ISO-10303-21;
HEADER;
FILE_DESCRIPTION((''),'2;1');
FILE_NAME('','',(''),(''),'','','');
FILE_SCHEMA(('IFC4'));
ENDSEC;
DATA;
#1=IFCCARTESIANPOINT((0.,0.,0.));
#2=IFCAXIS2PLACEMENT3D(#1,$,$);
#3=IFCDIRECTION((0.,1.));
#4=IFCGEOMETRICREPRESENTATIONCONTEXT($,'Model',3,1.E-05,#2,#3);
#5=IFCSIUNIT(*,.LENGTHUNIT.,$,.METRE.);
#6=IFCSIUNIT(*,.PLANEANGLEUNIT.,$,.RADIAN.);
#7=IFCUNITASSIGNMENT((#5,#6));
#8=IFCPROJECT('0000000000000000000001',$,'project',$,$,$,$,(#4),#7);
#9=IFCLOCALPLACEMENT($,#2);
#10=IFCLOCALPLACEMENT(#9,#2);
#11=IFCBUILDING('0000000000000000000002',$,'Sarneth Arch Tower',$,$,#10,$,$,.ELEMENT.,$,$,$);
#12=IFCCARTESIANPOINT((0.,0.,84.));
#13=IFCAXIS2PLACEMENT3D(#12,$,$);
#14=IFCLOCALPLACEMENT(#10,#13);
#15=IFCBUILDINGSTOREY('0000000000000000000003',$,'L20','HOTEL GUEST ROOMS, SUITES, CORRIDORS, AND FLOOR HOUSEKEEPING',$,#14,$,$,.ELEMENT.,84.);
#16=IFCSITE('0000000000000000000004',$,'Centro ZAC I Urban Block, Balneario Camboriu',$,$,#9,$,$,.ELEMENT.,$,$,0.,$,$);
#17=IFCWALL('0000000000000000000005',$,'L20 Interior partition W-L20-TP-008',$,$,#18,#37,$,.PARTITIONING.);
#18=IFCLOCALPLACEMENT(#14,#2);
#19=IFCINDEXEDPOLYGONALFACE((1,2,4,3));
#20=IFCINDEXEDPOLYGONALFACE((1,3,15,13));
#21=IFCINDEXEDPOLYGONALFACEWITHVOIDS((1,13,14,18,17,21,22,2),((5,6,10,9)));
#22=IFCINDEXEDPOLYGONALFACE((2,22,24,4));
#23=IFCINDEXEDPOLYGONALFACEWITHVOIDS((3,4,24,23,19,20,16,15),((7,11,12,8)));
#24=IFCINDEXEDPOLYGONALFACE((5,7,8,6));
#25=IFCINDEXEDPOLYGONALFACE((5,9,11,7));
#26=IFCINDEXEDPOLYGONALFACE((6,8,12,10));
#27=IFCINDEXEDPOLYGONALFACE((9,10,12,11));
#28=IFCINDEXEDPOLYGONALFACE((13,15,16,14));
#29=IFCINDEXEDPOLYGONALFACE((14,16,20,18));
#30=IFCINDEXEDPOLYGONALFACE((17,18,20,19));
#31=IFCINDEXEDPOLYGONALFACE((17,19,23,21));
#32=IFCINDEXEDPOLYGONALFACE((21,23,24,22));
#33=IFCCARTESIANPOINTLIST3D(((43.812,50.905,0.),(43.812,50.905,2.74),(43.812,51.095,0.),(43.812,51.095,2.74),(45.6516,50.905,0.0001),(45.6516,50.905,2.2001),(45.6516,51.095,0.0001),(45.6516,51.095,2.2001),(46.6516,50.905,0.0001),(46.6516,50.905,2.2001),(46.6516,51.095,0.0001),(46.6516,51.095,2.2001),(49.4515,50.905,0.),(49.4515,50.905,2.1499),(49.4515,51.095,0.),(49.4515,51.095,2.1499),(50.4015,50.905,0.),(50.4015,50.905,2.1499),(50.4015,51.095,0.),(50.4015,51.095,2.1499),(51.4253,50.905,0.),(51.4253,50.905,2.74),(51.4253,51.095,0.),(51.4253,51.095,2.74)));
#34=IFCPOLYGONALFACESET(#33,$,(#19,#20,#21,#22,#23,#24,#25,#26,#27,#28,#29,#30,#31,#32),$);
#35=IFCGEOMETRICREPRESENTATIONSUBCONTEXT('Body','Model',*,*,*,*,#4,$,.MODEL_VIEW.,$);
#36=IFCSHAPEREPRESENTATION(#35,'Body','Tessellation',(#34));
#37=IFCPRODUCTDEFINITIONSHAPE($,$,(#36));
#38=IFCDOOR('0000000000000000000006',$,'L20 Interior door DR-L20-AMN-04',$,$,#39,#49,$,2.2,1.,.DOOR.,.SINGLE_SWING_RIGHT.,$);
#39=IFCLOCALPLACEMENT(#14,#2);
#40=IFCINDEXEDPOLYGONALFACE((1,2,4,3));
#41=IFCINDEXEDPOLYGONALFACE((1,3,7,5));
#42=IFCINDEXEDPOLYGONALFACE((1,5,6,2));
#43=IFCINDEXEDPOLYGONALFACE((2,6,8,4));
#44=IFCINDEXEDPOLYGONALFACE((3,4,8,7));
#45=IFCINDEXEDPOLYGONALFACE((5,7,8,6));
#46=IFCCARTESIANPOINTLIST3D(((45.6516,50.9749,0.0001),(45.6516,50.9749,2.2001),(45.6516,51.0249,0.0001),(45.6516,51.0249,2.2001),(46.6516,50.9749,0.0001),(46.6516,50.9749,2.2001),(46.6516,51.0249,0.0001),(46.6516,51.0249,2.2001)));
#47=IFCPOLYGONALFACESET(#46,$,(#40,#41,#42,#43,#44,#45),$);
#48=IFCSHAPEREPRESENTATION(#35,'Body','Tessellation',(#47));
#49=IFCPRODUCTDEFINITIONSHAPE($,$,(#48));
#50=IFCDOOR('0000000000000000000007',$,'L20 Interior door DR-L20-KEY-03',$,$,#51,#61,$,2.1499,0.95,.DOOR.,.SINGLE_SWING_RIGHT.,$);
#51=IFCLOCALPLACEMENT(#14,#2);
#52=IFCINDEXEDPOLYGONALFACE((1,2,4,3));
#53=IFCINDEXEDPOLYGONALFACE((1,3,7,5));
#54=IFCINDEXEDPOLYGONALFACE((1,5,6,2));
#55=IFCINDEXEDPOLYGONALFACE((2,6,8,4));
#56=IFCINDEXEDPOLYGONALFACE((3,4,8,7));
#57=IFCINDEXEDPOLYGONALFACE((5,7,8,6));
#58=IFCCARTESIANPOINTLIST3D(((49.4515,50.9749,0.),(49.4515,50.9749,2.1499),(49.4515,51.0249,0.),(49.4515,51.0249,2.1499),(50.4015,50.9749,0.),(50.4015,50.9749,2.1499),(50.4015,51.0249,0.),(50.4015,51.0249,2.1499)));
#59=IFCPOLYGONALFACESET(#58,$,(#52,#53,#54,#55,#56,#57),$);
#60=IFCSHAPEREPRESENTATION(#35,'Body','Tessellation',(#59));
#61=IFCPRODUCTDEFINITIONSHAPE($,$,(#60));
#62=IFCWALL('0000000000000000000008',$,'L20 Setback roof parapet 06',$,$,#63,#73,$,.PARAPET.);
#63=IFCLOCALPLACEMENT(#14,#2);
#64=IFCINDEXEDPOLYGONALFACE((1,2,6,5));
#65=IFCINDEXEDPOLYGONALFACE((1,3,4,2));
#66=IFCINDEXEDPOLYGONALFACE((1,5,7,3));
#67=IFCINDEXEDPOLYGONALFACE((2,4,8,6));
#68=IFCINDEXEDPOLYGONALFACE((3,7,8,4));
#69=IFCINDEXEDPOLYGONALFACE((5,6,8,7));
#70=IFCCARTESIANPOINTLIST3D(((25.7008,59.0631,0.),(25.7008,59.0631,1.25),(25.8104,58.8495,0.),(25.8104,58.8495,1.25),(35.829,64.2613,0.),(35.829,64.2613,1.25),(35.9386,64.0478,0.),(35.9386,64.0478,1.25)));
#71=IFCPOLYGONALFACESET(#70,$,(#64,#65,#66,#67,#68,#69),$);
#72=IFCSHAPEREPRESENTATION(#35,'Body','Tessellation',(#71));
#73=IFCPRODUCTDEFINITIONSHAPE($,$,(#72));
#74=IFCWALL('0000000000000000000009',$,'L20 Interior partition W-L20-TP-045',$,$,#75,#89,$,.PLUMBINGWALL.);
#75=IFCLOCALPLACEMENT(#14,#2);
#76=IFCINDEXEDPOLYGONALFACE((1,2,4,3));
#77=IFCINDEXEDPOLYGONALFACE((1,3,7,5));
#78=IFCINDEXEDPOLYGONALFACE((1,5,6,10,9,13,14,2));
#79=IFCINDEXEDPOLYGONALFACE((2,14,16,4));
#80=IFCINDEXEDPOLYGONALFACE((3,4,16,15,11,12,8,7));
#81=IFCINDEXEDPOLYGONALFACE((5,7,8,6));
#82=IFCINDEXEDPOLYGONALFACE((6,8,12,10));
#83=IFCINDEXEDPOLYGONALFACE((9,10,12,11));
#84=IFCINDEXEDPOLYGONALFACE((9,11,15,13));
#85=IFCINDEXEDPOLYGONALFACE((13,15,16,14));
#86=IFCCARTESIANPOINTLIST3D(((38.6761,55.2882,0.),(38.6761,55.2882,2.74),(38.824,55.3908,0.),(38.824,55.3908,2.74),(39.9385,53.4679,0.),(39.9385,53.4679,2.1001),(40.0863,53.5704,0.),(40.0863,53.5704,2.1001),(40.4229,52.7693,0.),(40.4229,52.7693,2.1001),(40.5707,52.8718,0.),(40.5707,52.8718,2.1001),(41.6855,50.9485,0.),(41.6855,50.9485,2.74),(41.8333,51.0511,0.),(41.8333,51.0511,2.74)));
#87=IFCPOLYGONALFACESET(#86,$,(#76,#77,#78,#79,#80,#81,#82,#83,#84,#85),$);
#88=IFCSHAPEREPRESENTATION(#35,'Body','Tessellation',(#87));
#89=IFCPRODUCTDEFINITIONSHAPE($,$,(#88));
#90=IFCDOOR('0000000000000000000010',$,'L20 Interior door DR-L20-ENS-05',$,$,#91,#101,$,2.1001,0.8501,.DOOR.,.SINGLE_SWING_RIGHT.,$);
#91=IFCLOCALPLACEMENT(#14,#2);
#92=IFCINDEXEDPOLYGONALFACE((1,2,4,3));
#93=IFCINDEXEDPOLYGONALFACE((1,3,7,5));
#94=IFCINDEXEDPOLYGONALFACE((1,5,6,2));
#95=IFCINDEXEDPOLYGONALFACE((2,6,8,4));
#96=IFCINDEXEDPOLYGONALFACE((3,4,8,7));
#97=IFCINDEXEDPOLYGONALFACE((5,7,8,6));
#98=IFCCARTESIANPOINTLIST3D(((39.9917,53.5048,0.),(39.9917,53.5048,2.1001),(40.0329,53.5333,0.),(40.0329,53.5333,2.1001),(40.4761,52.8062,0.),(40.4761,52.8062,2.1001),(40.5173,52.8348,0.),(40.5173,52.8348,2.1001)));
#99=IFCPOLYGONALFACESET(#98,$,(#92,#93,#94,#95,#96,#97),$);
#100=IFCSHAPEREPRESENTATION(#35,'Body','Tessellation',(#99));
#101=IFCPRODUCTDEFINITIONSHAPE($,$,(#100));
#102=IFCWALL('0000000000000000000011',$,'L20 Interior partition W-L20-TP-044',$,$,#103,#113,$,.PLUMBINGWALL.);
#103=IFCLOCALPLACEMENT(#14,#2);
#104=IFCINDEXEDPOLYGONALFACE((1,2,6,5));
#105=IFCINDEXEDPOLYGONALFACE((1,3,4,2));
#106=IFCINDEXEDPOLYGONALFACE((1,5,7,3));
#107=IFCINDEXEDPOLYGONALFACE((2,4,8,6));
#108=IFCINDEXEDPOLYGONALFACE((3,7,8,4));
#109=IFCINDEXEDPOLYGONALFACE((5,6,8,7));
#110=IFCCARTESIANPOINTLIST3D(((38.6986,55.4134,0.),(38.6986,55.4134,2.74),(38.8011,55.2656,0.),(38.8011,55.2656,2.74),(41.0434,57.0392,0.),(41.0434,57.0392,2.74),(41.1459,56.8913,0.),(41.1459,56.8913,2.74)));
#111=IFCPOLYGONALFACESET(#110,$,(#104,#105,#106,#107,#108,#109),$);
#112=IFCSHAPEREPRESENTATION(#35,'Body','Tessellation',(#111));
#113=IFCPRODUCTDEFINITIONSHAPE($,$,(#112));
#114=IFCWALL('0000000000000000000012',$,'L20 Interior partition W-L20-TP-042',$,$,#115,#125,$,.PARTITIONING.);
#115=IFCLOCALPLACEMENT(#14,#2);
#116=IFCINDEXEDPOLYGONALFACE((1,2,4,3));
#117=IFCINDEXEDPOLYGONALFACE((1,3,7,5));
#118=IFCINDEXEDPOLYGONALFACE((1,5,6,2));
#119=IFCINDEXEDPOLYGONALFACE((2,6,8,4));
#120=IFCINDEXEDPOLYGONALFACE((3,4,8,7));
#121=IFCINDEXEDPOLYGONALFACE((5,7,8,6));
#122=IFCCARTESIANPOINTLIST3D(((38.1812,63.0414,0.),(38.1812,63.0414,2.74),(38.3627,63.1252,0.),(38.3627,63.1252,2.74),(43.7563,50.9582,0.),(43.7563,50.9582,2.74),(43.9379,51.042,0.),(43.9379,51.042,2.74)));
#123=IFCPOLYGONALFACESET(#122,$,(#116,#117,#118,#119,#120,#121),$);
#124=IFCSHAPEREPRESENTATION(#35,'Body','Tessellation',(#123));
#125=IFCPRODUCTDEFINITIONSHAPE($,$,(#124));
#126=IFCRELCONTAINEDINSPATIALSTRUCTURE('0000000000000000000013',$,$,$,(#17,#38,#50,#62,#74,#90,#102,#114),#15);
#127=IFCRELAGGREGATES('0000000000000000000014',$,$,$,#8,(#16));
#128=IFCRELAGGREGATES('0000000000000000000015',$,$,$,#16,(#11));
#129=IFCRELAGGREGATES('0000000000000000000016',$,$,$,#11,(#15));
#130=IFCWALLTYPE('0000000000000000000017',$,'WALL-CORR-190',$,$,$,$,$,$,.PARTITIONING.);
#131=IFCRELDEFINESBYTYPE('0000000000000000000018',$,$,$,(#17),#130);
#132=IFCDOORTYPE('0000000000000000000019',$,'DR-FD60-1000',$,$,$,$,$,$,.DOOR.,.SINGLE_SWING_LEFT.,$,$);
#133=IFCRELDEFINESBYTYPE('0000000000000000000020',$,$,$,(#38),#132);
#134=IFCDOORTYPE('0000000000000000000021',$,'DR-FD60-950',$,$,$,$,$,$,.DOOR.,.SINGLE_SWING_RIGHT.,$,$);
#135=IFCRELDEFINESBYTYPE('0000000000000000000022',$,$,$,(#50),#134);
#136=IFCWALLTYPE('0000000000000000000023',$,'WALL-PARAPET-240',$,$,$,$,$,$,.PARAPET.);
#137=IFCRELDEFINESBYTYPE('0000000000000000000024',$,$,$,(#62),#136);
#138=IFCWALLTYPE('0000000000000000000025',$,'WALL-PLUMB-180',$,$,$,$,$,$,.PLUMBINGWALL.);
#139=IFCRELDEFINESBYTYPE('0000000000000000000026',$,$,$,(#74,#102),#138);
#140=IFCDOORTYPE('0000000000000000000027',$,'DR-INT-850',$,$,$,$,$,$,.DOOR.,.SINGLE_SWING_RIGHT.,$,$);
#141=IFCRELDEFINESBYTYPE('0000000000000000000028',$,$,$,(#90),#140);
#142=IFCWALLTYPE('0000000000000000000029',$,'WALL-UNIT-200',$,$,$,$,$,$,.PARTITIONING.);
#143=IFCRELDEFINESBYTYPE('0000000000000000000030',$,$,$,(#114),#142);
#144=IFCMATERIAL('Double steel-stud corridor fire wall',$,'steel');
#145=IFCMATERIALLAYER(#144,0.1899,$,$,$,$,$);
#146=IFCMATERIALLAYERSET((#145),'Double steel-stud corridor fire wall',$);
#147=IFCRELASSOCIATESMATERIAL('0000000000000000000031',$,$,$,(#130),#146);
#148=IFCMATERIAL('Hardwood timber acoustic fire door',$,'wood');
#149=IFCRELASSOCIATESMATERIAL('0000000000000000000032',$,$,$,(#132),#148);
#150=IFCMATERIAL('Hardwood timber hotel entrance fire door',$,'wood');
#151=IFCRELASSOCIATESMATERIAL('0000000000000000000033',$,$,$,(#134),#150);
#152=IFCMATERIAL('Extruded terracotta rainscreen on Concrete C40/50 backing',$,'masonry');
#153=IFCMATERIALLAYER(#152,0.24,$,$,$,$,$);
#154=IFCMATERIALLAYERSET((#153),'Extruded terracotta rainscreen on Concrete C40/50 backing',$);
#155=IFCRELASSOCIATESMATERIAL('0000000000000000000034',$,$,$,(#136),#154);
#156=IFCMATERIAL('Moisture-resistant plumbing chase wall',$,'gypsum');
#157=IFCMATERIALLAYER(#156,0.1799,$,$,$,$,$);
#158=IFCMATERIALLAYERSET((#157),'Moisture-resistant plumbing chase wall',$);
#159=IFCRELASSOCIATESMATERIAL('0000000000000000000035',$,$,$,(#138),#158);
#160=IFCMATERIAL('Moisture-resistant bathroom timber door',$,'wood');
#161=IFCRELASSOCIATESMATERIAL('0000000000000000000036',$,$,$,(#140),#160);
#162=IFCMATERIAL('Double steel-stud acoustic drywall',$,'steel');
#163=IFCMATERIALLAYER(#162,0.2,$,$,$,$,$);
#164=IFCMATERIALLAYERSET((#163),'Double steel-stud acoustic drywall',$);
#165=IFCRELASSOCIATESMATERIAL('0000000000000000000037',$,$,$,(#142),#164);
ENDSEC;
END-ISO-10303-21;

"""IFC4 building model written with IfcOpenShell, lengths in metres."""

from ifc_helpers import new_model, si_unit, direction, frame, frame_2d, origin, place, context, subcontext, project, spatial, rectangle, extrude, material, layer, layer_set, type_object, element, fill, save


model = new_model("IFC4")

# Units and contexts
model_context = context("Model", 3, precision=1e-05, world=origin(), true_north=direction((0.0, 1.0)))
body_context = subcontext(model_context, "Body", "Model", "MODEL_VIEW")
ifc_project = project(units=[si_unit("LENGTHUNIT", "METRE"), si_unit("PLANEANGLEUNIT", "RADIAN")], contexts=[model_context])

# Site, building, storey
site_placement = place(None, origin())
site = spatial("IfcSite", under=ifc_project, at=site_placement, Name="Centro ZAC I Urban Block, Balneario Camboriu", CompositionType="ELEMENT", RefElevation=0.0)
building_placement = place(site_placement, origin())
building = spatial("IfcBuilding", under=site, at=building_placement, Name="Sarneth Arch Tower", CompositionType="ELEMENT")
storey_placement = place(building_placement, frame((0.0, 0.0, 84.0)))
storey = spatial("IfcBuildingStorey", under=building, at=storey_placement, Name="L20", Description="HOTEL GUEST ROOMS, SUITES, CORRIDORS, AND FLOOR HOUSEKEEPING", CompositionType="ELEMENT", Elevation=84.0)

# Wall, openings, doors
ifc_material_1 = material(Name="Double steel-stud corridor fire wall", Category="steel")
ifc_layer_1 = layer(ifc_material_1, 0.1899)
ifc_layer_set_1 = layer_set([ifc_layer_1], Name="Double steel-stud corridor fire wall")
wall_type_1 = type_object("IfcWallType", Name="WALL-CORR-190", PredefinedType="PARTITIONING", material=ifc_layer_set_1)
wall_1_placement = place(storey_placement, frame((43.812, 51.0, 0.0), z_axis=(0.0, 0.0, 1.0), x_axis=(1.0, 0.0, 0.0)))
wall_1 = element("IfcWall", 1, at=wall_1_placement, inside=storey, type_object=wall_type_1, Name="L20 Interior partition W-L20-TP-008", PredefinedType="PARTITIONING", context=body_context, shape_type="SweptSolid", body=[
    extrude(rectangle(XDim=7.6133, YDim=0.1899, at=frame_2d((3.8066, 0.0))), origin(), (0.0, 0.0, 1.0), 2.74),
])
opening_1_placement = place(wall_1_placement, frame((1.8396, 0.0, 0.0)))
opening_1 = element("IfcOpeningElement", 2, at=opening_1_placement, cuts=wall_1, PredefinedType="OPENING", context=body_context, shape_type="SweptSolid", body=[
    extrude(rectangle(XDim=1.0, YDim=2.2, at=frame_2d((0.5, 1.1001))), frame((0.0, 0.105, 0.0), z_axis=(0.0, -1.0, 0.0), x_axis=(1.0, 0.0, 0.0)), (0.0, 0.0, 1.0), 0.21),
])
opening_2_placement = place(wall_1_placement, frame((5.6394, 0.0, 0.0)))
opening_2 = element("IfcOpeningElement", 3, at=opening_2_placement, cuts=wall_1, PredefinedType="OPENING", context=body_context, shape_type="SweptSolid", body=[
    extrude(rectangle(XDim=0.95, YDim=2.1499, at=frame_2d((0.4751, 1.075))), frame((0.0, 0.105, 0.0), z_axis=(0.0, -1.0, 0.0), x_axis=(1.0, 0.0, 0.0)), (0.0, 0.0, 1.0), 0.21),
])
ifc_material_2 = material(Name="Hardwood timber acoustic fire door", Category="wood")
door_type_1 = type_object("IfcDoorType", Name="DR-FD60-1000", OperationType="SINGLE_SWING_LEFT", PredefinedType="DOOR", material=ifc_material_2)
door_1_placement = place(opening_1_placement, origin())
door_1 = element("IfcDoor", 4, at=door_1_placement, inside=storey, type_object=door_type_1, Name="L20 Interior door DR-L20-AMN-04", OperationType="SINGLE_SWING_RIGHT", OverallHeight=2.2, OverallWidth=1.0, PredefinedType="DOOR", context=body_context, shape_type="SweptSolid", body=[
    extrude(rectangle(XDim=1.0, YDim=2.2, at=frame_2d((0.5, 1.1001))), frame((0.0, 0.0249, 0.0), z_axis=(0.0, -1.0, 0.0), x_axis=(1.0, 0.0, 0.0)), (0.0, 0.0, 1.0), 0.05),
])
fill(opening_1, door_1)
ifc_material_3 = material(Name="Hardwood timber hotel entrance fire door", Category="wood")
door_type_2 = type_object("IfcDoorType", Name="DR-FD60-950", OperationType="SINGLE_SWING_RIGHT", PredefinedType="DOOR", material=ifc_material_3)
door_2_placement = place(opening_2_placement, origin())
door_2 = element("IfcDoor", 5, at=door_2_placement, inside=storey, type_object=door_type_2, Name="L20 Interior door DR-L20-KEY-03", OperationType="SINGLE_SWING_RIGHT", OverallHeight=2.1499, OverallWidth=0.95, PredefinedType="DOOR", context=body_context, shape_type="SweptSolid", body=[
    extrude(rectangle(XDim=0.95, YDim=2.1499, at=frame_2d((0.4751, 1.075))), frame((0.0, 0.0249, 0.0), z_axis=(0.0, -1.0, 0.0), x_axis=(1.0, 0.0, 0.0)), (0.0, 0.0, 1.0), 0.05),
])
fill(opening_2, door_2)

# Wall
ifc_material_4 = material(Name="Extruded terracotta rainscreen on Concrete C40/50 backing", Category="masonry")
ifc_layer_2 = layer(ifc_material_4, 0.24)
ifc_layer_set_2 = layer_set([ifc_layer_2], Name="Extruded terracotta rainscreen on Concrete C40/50 backing")
wall_type_2 = type_object("IfcWallType", Name="WALL-PARAPET-240", PredefinedType="PARAPET", material=ifc_layer_set_2)
wall_2_placement = place(storey_placement, frame((35.8838, 64.1545, 0.0), z_axis=(0.0, 0.0, 1.0), x_axis=(-0.889664, -0.456616, 0.0)))
element("IfcWall", 6, at=wall_2_placement, inside=storey, type_object=wall_type_2, Name="L20 Setback roof parapet 06", PredefinedType="PARAPET", context=body_context, shape_type="SweptSolid", body=[
    extrude(rectangle(XDim=11.3843, YDim=0.24, at=frame_2d((5.6921, 0.0))), origin(), (0.0, 0.0, 1.0), 1.25),
])

# Wall, opening, door
ifc_material_5 = material(Name="Moisture-resistant plumbing chase wall", Category="gypsum")
ifc_layer_3 = layer(ifc_material_5, 0.1799)
ifc_layer_set_3 = layer_set([ifc_layer_3], Name="Moisture-resistant plumbing chase wall")
wall_type_3 = type_object("IfcWallType", Name="WALL-PLUMB-180", PredefinedType="PLUMBINGWALL", material=ifc_layer_set_3)
wall_3_placement = place(storey_placement, frame((38.75, 55.3396, 0.0), z_axis=(0.0, 0.0, 1.0), x_axis=(0.569842, -0.821754, 0.0)))
wall_3 = element("IfcWall", 7, at=wall_3_placement, inside=storey, type_object=wall_type_3, Name="L20 Interior partition W-L20-TP-045", PredefinedType="PLUMBINGWALL", context=body_context, shape_type="SweptSolid", body=[
    extrude(rectangle(XDim=5.281, YDim=0.1799, at=frame_2d((2.6406, 0.0))), origin(), (0.0, 0.0, 1.0), 2.74),
])
opening_3_placement = place(wall_3_placement, frame((2.2153, 0.0, 0.0)))
opening_3 = element("IfcOpeningElement", 8, at=opening_3_placement, cuts=wall_3, PredefinedType="OPENING", context=body_context, shape_type="SweptSolid", body=[
    extrude(rectangle(XDim=0.8501, YDim=2.1001, at=frame_2d((0.425, 1.05))), frame((0.0, 0.0999, 0.0), z_axis=(0.0, -1.0, 0.0), x_axis=(1.0, 0.0, 0.0)), (0.0, 0.0, 1.0), 0.2),
])
ifc_material_6 = material(Name="Moisture-resistant bathroom timber door", Category="wood")
door_type_3 = type_object("IfcDoorType", Name="DR-INT-850", OperationType="SINGLE_SWING_RIGHT", PredefinedType="DOOR", material=ifc_material_6)
door_3_placement = place(opening_3_placement, origin())
door_3 = element("IfcDoor", 9, at=door_3_placement, inside=storey, type_object=door_type_3, Name="L20 Interior door DR-L20-ENS-05", OperationType="SINGLE_SWING_RIGHT", OverallHeight=2.1001, OverallWidth=0.8501, PredefinedType="DOOR", context=body_context, shape_type="SweptSolid", body=[
    extrude(rectangle(XDim=0.8501, YDim=2.1001, at=frame_2d((0.425, 1.05))), frame((0.0, 0.0249, 0.0), z_axis=(0.0, -1.0, 0.0), x_axis=(1.0, 0.0, 0.0)), (0.0, 0.0, 1.0), 0.05),
])
fill(opening_3, door_3)

# Walls
wall_4_placement = place(storey_placement, frame((41.0947, 56.9653, 0.0), z_axis=(0.0, 0.0, 1.0), x_axis=(-0.821788, -0.569793, 0.0)))
element("IfcWall", 10, at=wall_4_placement, inside=storey, type_object=wall_type_3, Name="L20 Interior partition W-L20-TP-044", PredefinedType="PLUMBINGWALL", context=body_context, shape_type="SweptSolid", body=[
    extrude(rectangle(XDim=2.8533, YDim=0.1799, at=frame_2d((1.4268, 0.0))), origin(), (0.0, 0.0, 1.0), 2.74),
])
ifc_material_7 = material(Name="Double steel-stud acoustic drywall", Category="steel")
ifc_layer_4 = layer(ifc_material_7, 0.2)
ifc_layer_set_4 = layer_set([ifc_layer_4], Name="Double steel-stud acoustic drywall")
wall_type_4 = type_object("IfcWallType", Name="WALL-UNIT-200", PredefinedType="PARTITIONING", material=ifc_layer_set_4)
wall_5_placement = place(storey_placement, frame((43.8472, 51.0, 0.0), z_axis=(0.0, 0.0, 1.0), x_axis=(-0.418953, 0.908008, 0.0)))
element("IfcWall", 11, at=wall_5_placement, inside=storey, type_object=wall_type_4, Name="L20 Interior partition W-L20-TP-042", PredefinedType="PARTITIONING", context=body_context, shape_type="SweptSolid", body=[
    extrude(rectangle(XDim=13.3074, YDim=0.2, at=frame_2d((6.6538, 0.0))), origin(), (0.0, 0.0, 1.0), 2.74),
])

save(model, "model.ifc")
